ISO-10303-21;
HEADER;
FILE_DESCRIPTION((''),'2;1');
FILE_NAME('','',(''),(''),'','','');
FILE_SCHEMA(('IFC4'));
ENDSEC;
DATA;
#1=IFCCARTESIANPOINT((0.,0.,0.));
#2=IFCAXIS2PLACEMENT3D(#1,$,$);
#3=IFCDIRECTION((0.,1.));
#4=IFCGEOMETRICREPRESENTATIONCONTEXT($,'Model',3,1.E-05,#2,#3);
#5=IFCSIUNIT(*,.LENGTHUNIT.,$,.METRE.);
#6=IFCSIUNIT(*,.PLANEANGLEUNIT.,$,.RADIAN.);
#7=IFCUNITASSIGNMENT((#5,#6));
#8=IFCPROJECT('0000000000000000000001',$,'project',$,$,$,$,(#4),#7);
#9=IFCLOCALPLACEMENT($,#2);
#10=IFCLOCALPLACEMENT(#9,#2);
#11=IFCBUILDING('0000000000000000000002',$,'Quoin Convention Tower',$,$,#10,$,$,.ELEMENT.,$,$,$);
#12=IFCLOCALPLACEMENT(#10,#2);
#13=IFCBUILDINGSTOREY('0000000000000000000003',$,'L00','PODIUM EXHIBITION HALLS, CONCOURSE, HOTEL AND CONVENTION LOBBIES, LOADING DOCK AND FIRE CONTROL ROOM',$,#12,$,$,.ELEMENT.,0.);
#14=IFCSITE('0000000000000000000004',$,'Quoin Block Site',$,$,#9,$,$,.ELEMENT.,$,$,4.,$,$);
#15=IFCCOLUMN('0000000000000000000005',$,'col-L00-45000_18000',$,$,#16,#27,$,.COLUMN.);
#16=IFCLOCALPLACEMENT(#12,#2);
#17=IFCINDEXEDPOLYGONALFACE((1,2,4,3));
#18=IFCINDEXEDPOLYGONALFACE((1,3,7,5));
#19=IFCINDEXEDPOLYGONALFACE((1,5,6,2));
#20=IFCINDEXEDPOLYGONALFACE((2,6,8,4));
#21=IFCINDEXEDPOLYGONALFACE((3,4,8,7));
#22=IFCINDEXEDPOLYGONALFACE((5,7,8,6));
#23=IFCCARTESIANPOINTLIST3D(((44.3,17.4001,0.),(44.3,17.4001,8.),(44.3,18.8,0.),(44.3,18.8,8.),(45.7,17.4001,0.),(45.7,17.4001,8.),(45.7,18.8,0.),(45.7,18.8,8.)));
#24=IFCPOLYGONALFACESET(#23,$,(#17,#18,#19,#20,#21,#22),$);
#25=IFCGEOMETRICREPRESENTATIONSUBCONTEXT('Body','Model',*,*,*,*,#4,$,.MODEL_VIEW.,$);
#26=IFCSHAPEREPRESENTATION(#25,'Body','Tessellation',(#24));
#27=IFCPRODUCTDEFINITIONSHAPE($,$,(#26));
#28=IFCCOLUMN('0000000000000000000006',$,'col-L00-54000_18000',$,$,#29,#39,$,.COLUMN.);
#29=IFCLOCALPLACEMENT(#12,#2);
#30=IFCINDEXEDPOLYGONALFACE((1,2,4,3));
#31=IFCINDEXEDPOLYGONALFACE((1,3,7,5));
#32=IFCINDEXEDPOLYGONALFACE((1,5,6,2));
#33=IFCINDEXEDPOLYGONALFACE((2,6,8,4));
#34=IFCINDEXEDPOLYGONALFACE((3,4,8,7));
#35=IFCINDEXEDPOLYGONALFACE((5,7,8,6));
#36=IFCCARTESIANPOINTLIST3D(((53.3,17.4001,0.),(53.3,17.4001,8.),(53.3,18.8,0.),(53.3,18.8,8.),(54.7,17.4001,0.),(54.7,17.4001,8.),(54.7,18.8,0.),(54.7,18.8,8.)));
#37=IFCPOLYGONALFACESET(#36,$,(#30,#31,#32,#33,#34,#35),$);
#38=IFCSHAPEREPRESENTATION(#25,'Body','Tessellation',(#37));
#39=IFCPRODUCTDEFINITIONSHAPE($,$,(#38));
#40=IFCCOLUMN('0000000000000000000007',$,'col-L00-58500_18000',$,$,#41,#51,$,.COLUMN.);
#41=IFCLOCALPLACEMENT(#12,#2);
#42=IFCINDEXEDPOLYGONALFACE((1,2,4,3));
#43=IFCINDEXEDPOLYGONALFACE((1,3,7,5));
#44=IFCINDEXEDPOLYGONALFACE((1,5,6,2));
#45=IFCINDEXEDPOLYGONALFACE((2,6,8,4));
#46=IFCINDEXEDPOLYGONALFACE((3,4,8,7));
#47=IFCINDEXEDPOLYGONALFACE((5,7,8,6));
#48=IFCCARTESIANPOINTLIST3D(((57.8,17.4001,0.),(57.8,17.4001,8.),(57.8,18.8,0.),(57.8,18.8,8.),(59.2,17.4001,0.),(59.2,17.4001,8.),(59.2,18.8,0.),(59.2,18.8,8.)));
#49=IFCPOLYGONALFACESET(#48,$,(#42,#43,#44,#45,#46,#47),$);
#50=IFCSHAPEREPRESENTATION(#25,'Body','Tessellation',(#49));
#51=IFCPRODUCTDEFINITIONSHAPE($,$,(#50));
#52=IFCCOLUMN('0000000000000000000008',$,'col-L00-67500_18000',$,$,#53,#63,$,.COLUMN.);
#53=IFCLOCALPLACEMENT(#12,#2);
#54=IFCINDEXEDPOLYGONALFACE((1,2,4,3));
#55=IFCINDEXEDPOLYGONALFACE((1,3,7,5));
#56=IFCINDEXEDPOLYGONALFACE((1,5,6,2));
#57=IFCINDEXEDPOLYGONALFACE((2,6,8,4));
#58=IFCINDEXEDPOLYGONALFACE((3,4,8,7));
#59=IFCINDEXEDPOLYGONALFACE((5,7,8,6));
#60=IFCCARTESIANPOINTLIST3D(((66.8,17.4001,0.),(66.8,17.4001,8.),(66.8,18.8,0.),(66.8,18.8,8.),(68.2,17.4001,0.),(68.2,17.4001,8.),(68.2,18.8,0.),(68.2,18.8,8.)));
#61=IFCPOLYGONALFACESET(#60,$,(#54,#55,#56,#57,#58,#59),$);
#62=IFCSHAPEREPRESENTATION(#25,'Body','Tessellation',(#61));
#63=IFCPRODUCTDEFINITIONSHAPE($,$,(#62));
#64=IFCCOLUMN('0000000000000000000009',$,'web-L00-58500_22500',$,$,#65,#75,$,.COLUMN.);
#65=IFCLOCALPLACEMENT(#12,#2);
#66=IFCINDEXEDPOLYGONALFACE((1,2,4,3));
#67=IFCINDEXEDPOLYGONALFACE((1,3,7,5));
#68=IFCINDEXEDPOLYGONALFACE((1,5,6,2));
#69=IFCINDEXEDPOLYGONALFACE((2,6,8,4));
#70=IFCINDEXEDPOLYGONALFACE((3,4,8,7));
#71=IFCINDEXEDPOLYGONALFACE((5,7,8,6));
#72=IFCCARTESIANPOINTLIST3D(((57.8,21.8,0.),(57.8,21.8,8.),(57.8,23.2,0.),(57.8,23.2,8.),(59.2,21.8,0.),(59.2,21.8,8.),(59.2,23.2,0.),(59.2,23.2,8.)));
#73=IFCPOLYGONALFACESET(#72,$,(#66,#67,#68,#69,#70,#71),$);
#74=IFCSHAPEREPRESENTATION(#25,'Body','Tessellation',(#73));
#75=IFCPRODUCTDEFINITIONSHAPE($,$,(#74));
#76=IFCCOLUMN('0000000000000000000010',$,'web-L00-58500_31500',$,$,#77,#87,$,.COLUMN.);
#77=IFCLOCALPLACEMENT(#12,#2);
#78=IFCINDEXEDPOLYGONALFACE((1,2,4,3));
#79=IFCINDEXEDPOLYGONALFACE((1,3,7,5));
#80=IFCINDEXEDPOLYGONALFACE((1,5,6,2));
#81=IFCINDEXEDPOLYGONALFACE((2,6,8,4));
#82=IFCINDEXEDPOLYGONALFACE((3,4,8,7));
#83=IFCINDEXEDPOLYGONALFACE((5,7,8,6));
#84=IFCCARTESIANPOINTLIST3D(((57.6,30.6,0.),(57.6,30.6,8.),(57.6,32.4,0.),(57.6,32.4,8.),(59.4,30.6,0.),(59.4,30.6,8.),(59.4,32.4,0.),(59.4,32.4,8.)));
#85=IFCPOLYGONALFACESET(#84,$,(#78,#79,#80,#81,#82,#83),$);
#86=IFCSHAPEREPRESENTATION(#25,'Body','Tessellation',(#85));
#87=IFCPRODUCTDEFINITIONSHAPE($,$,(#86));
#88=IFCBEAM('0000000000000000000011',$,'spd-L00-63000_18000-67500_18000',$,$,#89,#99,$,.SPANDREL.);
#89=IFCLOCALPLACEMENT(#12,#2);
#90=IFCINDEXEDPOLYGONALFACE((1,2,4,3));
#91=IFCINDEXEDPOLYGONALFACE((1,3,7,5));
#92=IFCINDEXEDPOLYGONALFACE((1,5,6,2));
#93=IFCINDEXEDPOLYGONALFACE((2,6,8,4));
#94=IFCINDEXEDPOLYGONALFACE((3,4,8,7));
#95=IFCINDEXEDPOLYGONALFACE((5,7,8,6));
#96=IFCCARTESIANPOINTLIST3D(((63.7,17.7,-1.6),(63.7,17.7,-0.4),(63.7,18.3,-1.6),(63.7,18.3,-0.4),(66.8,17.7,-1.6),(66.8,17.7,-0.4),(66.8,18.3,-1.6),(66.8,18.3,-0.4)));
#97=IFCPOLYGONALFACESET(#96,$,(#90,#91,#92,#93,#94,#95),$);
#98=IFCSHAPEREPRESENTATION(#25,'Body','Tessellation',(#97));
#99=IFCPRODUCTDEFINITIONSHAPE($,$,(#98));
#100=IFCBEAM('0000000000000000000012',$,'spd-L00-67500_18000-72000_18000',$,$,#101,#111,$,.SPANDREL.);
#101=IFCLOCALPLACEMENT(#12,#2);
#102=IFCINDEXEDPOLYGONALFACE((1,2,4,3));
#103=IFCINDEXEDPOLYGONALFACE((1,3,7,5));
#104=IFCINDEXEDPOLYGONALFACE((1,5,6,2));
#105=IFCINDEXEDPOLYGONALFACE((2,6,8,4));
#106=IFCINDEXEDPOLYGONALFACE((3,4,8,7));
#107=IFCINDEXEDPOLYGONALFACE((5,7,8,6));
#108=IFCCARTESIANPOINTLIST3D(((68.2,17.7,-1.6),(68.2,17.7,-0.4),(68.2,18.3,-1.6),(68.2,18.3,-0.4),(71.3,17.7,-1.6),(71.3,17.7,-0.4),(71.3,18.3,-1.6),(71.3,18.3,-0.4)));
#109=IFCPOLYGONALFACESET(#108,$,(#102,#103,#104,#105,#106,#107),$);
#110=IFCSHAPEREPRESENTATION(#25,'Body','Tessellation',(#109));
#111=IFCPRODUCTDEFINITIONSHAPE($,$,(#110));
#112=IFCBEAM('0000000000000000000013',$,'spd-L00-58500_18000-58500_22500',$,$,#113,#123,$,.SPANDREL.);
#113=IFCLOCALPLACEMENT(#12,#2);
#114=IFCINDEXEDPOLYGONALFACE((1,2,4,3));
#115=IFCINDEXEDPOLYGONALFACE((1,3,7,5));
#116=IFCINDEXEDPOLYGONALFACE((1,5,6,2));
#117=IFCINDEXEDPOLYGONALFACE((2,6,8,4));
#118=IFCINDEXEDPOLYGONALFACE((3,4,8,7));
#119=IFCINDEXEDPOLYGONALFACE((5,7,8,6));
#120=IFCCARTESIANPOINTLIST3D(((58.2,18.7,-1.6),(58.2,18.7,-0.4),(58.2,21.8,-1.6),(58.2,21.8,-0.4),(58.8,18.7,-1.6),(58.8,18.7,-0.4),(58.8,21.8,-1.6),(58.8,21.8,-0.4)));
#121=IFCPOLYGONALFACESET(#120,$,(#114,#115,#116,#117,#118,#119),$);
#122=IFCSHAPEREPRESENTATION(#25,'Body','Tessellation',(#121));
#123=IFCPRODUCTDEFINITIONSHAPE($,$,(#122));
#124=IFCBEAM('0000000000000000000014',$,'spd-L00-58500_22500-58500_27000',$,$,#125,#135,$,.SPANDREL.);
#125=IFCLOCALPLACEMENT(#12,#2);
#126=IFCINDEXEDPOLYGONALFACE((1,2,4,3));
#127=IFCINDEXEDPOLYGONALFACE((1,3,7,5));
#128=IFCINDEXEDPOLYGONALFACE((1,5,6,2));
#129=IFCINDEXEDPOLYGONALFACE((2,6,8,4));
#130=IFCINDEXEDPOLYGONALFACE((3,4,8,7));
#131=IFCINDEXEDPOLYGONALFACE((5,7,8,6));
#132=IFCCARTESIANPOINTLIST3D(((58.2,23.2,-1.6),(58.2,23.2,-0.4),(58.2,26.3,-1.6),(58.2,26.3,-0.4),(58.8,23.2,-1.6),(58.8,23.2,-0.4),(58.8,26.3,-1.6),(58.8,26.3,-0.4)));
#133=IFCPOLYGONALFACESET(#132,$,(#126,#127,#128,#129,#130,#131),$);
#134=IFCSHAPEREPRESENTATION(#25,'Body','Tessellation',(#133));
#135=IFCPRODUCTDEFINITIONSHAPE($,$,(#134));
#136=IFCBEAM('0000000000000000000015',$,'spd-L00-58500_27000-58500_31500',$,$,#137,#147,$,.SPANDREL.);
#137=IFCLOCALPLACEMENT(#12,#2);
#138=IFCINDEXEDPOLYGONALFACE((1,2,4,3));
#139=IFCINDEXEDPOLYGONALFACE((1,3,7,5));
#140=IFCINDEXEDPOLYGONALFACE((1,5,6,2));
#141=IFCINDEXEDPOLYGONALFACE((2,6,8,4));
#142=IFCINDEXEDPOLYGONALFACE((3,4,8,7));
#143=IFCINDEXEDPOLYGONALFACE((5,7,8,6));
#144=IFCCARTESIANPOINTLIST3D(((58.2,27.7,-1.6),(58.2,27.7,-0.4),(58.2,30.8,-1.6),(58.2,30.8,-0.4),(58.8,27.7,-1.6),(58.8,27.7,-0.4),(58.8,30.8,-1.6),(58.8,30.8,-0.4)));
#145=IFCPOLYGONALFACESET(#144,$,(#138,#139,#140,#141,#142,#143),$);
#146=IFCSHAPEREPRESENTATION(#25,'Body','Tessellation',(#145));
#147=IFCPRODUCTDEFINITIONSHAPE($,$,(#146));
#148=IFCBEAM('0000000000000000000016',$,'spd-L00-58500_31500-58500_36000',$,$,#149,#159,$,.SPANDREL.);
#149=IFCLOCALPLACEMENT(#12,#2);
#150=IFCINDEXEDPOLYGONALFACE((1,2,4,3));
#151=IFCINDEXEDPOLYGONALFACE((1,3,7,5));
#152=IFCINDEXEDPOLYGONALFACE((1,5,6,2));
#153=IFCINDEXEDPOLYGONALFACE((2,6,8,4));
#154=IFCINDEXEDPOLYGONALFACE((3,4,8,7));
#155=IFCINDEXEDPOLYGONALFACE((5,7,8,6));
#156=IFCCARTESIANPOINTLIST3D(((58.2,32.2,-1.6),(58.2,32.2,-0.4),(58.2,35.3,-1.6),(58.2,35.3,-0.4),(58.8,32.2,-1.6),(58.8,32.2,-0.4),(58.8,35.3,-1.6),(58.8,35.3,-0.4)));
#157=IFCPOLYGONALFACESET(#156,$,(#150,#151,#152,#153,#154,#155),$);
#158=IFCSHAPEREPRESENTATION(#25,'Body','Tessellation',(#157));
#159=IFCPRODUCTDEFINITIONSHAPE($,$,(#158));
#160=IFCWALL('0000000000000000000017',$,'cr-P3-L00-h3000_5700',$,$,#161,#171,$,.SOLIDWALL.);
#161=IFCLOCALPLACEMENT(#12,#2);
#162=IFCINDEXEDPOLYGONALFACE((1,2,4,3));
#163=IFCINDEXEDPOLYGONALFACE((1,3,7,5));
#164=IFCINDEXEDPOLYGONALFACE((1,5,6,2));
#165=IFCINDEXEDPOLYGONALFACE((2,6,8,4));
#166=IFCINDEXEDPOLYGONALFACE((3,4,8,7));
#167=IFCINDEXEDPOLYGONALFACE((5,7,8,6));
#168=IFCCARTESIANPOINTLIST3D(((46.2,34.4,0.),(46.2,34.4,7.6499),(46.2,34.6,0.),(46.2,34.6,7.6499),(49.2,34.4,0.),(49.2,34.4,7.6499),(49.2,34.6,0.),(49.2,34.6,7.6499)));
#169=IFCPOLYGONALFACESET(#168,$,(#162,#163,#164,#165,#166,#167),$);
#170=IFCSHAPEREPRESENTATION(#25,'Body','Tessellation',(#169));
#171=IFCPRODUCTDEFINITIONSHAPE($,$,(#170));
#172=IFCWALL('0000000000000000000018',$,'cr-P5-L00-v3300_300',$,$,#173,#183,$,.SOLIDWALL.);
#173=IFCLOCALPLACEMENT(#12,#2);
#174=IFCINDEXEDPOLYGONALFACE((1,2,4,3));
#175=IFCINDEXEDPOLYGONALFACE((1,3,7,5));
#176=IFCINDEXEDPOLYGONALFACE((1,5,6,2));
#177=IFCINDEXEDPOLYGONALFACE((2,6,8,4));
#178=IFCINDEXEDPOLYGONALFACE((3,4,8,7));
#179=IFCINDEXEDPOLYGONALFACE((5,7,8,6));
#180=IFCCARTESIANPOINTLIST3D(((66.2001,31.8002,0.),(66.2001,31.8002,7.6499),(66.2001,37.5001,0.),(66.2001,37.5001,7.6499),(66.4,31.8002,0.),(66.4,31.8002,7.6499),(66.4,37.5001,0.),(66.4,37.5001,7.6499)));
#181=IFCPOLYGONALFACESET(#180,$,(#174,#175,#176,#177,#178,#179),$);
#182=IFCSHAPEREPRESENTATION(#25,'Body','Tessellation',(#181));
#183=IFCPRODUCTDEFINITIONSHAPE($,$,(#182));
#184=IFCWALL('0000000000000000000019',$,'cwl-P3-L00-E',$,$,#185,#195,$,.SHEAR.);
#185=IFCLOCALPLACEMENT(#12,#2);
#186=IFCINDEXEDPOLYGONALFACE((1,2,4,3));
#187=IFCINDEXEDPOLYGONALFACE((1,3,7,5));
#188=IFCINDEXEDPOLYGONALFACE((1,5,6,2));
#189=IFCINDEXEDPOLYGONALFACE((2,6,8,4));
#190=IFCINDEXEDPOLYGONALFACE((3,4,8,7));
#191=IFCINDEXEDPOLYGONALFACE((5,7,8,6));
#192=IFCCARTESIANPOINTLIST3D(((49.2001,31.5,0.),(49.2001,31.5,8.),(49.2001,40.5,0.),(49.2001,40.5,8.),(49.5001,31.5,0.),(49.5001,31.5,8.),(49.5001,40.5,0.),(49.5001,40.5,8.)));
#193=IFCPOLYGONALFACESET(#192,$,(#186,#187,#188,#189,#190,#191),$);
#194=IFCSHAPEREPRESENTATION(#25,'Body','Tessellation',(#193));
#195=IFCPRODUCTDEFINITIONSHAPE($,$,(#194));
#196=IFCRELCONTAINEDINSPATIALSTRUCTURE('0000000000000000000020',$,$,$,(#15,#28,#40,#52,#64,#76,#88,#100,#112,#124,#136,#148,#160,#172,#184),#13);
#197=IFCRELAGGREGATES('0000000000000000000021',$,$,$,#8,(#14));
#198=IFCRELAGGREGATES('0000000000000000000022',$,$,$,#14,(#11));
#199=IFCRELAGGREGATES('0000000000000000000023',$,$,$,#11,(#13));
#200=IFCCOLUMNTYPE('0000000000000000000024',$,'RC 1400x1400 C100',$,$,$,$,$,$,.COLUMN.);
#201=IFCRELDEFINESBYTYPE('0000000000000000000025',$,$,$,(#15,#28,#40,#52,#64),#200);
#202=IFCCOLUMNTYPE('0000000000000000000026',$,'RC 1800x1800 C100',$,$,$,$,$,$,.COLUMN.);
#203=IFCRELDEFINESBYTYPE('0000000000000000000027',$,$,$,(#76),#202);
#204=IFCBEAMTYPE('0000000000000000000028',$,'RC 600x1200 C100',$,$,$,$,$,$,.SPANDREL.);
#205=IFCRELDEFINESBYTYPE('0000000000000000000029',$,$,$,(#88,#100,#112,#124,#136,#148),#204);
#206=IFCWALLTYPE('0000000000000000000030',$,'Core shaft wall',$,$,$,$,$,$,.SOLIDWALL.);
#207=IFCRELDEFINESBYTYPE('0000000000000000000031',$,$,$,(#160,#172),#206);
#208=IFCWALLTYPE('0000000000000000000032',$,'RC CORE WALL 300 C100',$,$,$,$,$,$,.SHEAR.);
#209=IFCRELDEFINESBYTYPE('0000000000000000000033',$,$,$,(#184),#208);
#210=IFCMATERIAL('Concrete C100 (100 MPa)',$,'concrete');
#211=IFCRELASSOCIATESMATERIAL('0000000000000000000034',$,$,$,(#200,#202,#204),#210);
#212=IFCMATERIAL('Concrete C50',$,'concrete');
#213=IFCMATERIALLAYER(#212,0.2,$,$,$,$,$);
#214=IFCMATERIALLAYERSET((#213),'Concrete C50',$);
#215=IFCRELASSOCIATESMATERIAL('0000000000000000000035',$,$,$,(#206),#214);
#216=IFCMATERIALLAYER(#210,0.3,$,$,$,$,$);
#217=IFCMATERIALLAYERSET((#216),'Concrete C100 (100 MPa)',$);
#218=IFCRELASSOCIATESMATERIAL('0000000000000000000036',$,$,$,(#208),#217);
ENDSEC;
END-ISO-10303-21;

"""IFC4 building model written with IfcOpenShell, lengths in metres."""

from ifc_helpers import new_model, si_unit, direction, frame, frame_2d, origin, origin_2d, place, context, subcontext, project, spatial, rectangle, extrude, material, layer, layer_set, material_profile, profile_set, type_object, element, save


model = new_model("IFC4")

# Units and contexts
model_context = context("Model", 3, precision=1e-05, world=origin(), true_north=direction((0.0, 1.0)))
body_context = subcontext(model_context, "Body", "Model", "MODEL_VIEW")
ifc_project = project(units=[si_unit("LENGTHUNIT", "METRE"), si_unit("PLANEANGLEUNIT", "RADIAN")], contexts=[model_context])

# Site, building, storey
site_placement = place(None, origin())
site = spatial("IfcSite", under=ifc_project, at=site_placement, Name="Quoin Block Site", CompositionType="ELEMENT", RefElevation=4.0)
building_placement = place(site_placement, origin())
building = spatial("IfcBuilding", under=site, at=building_placement, Name="Quoin Convention Tower", CompositionType="ELEMENT")
storey_placement = place(building_placement, origin())
storey = spatial("IfcBuildingStorey", under=building, at=storey_placement, Name="L00", Description="PODIUM EXHIBITION HALLS, CONCOURSE, HOTEL AND CONVENTION LOBBIES, LOADING DOCK AND FIRE CONTROL ROOM", CompositionType="ELEMENT", Elevation=0.0)

# Columns
ifc_material_1 = material(Name="Concrete C100 (100 MPa)", Category="concrete")
ifc_material_profile_1 = material_profile(ifc_material_1, rectangle(XDim=1.3999, YDim=1.3999, at=origin_2d()), Name="RC 1400x1400")
ifc_profile_set_1 = profile_set([ifc_material_profile_1], Name="Concrete C100 (100 MPa)")
column_type_1 = type_object("IfcColumnType", Name="RC 1400x1400 C100", PredefinedType="COLUMN", material=ifc_profile_set_1)
for number, where, z_axis, x_axis, name in (
    (1, (45.0, 18.1001, 0.0), (0.0, 0.0, 1.0), (1.0, 0.0, 0.0), "col-L00-45000_18000"),
    (2, (54.0, 18.1001, 0.0), (0.0, 0.0, 1.0), (1.0, 0.0, 0.0), "col-L00-54000_18000"),
    (3, (58.5, 18.1001, 0.0), (0.0, 0.0, 1.0), (1.0, 0.0, 0.0), "col-L00-58500_18000"),
    (4, (67.5, 18.1001, 0.0), (0.0, 0.0, 1.0), (1.0, 0.0, 0.0), "col-L00-67500_18000"),
    (5, (58.5, 22.5, 0.0), (0.0, 0.0, 1.0), (1.0, 0.0, 0.0), "web-L00-58500_22500"),
):
    element("IfcColumn", number, at=place(storey_placement, frame(where, z_axis=z_axis, x_axis=x_axis)), inside=storey, type_object=column_type_1, Name=name, PredefinedType="COLUMN", context=body_context, shape_type="SweptSolid", body=[
        extrude(rectangle(XDim=1.3999, YDim=1.3999, at=origin_2d()), origin(), (0.0, 0.0, 1.0), 8.0),
    ])
ifc_material_profile_2 = material_profile(ifc_material_1, rectangle(XDim=1.8, YDim=1.8, at=origin_2d()), Name="RC 1800x1800")
ifc_profile_set_2 = profile_set([ifc_material_profile_2], Name="Concrete C100 (100 MPa)")
column_type_2 = type_object("IfcColumnType", Name="RC 1800x1800 C100", PredefinedType="COLUMN", material=ifc_profile_set_2)
column_placement = place(storey_placement, frame((58.5, 31.5, 0.0), z_axis=(0.0, 0.0, 1.0), x_axis=(1.0, 0.0, 0.0)))
element("IfcColumn", 6, at=column_placement, inside=storey, type_object=column_type_2, Name="web-L00-58500_31500", PredefinedType="COLUMN", context=body_context, shape_type="SweptSolid", body=[
    extrude(rectangle(XDim=1.8, YDim=1.8, at=origin_2d()), origin(), (0.0, 0.0, 1.0), 8.0),
])

# Beams
ifc_material_profile_3 = material_profile(ifc_material_1, rectangle(XDim=0.6001, YDim=1.2, at=origin_2d()), Name="RC 600x1200")
ifc_profile_set_3 = profile_set([ifc_material_profile_3], Name="Concrete C100 (100 MPa)")
beam_type = type_object("IfcBeamType", Name="RC 600x1200 C100", PredefinedType="SPANDREL", material=ifc_profile_set_3)
for number, where, z_axis, x_axis, name in (
    (7, (63.7, 18.0, -1.0), (1.0, 0.0, 0.0), (0.0, 1.0, 0.0), "spd-L00-63000_18000-67500_18000"),
    (8, (68.2, 18.0, -1.0), (1.0, 0.0, 0.0), (0.0, 1.0, 0.0), "spd-L00-67500_18000-72000_18000"),
    (9, (58.5, 18.7, -1.0), (0.0, 1.0, 0.0), (-1.0, 0.0, 0.0), "spd-L00-58500_18000-58500_22500"),
    (10, (58.5, 23.2, -1.0), (0.0, 1.0, 0.0), (-1.0, 0.0, 0.0), "spd-L00-58500_22500-58500_27000"),
    (11, (58.5, 27.7, -1.0), (0.0, 1.0, 0.0), (-1.0, 0.0, 0.0), "spd-L00-58500_27000-58500_31500"),
    (12, (58.5, 32.2, -1.0), (0.0, 1.0, 0.0), (-1.0, 0.0, 0.0), "spd-L00-58500_31500-58500_36000"),
):
    element("IfcBeam", number, at=place(storey_placement, frame(where, z_axis=z_axis, x_axis=x_axis)), inside=storey, type_object=beam_type, Name=name, PredefinedType="SPANDREL", context=body_context, shape_type="SweptSolid", body=[
        extrude(rectangle(XDim=0.6001, YDim=1.2, at=origin_2d()), origin(), (0.0, 0.0, 1.0), 3.1001),
    ])

# Walls
ifc_material_2 = material(Name="Concrete C50", Category="concrete")
ifc_layer_1 = layer(ifc_material_2, 0.2)
ifc_layer_set_1 = layer_set([ifc_layer_1], Name="Concrete C50")
wall_type_1 = type_object("IfcWallType", Name="Core shaft wall", PredefinedType="SOLIDWALL", material=ifc_layer_set_1)
wall_1_placement = place(storey_placement, frame((46.2, 34.5, 0.0), z_axis=(0.0, 0.0, 1.0), x_axis=(1.0, 0.0, 0.0)))
element("IfcWall", 13, at=wall_1_placement, inside=storey, type_object=wall_type_1, Name="cr-P3-L00-h3000_5700", PredefinedType="SOLIDWALL", context=body_context, shape_type="SweptSolid", body=[
    extrude(rectangle(XDim=3.0, YDim=0.2, at=frame_2d((1.5, 0.0))), origin(), (0.0, 0.0, 1.0), 7.6499),
])
wall_2_placement = place(storey_placement, frame((66.3, 31.8, 0.0), z_axis=(0.0, 0.0, 1.0), x_axis=(0.0, 1.0, 0.0)))
element("IfcWall", 14, at=wall_2_placement, inside=storey, type_object=wall_type_1, Name="cr-P5-L00-v3300_300", PredefinedType="SOLIDWALL", context=body_context, shape_type="SweptSolid", body=[
    extrude(rectangle(XDim=5.7, YDim=0.2, at=frame_2d((2.8501, 0.0))), origin(), (0.0, 0.0, 1.0), 7.6499),
])
ifc_layer_2 = layer(ifc_material_1, 0.3)
ifc_layer_set_2 = layer_set([ifc_layer_2], Name="Concrete C100 (100 MPa)")
wall_type_2 = type_object("IfcWallType", Name="RC CORE WALL 300 C100", PredefinedType="SHEAR", material=ifc_layer_set_2)
wall_3_placement = place(storey_placement, frame((49.3501, 31.5, 0.0), z_axis=(0.0, 0.0, 1.0), x_axis=(0.0, 1.0, 0.0)))
element("IfcWall", 15, at=wall_3_placement, inside=storey, type_object=wall_type_2, Name="cwl-P3-L00-E", PredefinedType="SHEAR", context=body_context, shape_type="SweptSolid", body=[
    extrude(rectangle(XDim=9.0, YDim=0.3, at=frame_2d((4.5, 0.0))), origin(), (0.0, 0.0, 1.0), 8.0),
])

save(model, "model.ifc")
